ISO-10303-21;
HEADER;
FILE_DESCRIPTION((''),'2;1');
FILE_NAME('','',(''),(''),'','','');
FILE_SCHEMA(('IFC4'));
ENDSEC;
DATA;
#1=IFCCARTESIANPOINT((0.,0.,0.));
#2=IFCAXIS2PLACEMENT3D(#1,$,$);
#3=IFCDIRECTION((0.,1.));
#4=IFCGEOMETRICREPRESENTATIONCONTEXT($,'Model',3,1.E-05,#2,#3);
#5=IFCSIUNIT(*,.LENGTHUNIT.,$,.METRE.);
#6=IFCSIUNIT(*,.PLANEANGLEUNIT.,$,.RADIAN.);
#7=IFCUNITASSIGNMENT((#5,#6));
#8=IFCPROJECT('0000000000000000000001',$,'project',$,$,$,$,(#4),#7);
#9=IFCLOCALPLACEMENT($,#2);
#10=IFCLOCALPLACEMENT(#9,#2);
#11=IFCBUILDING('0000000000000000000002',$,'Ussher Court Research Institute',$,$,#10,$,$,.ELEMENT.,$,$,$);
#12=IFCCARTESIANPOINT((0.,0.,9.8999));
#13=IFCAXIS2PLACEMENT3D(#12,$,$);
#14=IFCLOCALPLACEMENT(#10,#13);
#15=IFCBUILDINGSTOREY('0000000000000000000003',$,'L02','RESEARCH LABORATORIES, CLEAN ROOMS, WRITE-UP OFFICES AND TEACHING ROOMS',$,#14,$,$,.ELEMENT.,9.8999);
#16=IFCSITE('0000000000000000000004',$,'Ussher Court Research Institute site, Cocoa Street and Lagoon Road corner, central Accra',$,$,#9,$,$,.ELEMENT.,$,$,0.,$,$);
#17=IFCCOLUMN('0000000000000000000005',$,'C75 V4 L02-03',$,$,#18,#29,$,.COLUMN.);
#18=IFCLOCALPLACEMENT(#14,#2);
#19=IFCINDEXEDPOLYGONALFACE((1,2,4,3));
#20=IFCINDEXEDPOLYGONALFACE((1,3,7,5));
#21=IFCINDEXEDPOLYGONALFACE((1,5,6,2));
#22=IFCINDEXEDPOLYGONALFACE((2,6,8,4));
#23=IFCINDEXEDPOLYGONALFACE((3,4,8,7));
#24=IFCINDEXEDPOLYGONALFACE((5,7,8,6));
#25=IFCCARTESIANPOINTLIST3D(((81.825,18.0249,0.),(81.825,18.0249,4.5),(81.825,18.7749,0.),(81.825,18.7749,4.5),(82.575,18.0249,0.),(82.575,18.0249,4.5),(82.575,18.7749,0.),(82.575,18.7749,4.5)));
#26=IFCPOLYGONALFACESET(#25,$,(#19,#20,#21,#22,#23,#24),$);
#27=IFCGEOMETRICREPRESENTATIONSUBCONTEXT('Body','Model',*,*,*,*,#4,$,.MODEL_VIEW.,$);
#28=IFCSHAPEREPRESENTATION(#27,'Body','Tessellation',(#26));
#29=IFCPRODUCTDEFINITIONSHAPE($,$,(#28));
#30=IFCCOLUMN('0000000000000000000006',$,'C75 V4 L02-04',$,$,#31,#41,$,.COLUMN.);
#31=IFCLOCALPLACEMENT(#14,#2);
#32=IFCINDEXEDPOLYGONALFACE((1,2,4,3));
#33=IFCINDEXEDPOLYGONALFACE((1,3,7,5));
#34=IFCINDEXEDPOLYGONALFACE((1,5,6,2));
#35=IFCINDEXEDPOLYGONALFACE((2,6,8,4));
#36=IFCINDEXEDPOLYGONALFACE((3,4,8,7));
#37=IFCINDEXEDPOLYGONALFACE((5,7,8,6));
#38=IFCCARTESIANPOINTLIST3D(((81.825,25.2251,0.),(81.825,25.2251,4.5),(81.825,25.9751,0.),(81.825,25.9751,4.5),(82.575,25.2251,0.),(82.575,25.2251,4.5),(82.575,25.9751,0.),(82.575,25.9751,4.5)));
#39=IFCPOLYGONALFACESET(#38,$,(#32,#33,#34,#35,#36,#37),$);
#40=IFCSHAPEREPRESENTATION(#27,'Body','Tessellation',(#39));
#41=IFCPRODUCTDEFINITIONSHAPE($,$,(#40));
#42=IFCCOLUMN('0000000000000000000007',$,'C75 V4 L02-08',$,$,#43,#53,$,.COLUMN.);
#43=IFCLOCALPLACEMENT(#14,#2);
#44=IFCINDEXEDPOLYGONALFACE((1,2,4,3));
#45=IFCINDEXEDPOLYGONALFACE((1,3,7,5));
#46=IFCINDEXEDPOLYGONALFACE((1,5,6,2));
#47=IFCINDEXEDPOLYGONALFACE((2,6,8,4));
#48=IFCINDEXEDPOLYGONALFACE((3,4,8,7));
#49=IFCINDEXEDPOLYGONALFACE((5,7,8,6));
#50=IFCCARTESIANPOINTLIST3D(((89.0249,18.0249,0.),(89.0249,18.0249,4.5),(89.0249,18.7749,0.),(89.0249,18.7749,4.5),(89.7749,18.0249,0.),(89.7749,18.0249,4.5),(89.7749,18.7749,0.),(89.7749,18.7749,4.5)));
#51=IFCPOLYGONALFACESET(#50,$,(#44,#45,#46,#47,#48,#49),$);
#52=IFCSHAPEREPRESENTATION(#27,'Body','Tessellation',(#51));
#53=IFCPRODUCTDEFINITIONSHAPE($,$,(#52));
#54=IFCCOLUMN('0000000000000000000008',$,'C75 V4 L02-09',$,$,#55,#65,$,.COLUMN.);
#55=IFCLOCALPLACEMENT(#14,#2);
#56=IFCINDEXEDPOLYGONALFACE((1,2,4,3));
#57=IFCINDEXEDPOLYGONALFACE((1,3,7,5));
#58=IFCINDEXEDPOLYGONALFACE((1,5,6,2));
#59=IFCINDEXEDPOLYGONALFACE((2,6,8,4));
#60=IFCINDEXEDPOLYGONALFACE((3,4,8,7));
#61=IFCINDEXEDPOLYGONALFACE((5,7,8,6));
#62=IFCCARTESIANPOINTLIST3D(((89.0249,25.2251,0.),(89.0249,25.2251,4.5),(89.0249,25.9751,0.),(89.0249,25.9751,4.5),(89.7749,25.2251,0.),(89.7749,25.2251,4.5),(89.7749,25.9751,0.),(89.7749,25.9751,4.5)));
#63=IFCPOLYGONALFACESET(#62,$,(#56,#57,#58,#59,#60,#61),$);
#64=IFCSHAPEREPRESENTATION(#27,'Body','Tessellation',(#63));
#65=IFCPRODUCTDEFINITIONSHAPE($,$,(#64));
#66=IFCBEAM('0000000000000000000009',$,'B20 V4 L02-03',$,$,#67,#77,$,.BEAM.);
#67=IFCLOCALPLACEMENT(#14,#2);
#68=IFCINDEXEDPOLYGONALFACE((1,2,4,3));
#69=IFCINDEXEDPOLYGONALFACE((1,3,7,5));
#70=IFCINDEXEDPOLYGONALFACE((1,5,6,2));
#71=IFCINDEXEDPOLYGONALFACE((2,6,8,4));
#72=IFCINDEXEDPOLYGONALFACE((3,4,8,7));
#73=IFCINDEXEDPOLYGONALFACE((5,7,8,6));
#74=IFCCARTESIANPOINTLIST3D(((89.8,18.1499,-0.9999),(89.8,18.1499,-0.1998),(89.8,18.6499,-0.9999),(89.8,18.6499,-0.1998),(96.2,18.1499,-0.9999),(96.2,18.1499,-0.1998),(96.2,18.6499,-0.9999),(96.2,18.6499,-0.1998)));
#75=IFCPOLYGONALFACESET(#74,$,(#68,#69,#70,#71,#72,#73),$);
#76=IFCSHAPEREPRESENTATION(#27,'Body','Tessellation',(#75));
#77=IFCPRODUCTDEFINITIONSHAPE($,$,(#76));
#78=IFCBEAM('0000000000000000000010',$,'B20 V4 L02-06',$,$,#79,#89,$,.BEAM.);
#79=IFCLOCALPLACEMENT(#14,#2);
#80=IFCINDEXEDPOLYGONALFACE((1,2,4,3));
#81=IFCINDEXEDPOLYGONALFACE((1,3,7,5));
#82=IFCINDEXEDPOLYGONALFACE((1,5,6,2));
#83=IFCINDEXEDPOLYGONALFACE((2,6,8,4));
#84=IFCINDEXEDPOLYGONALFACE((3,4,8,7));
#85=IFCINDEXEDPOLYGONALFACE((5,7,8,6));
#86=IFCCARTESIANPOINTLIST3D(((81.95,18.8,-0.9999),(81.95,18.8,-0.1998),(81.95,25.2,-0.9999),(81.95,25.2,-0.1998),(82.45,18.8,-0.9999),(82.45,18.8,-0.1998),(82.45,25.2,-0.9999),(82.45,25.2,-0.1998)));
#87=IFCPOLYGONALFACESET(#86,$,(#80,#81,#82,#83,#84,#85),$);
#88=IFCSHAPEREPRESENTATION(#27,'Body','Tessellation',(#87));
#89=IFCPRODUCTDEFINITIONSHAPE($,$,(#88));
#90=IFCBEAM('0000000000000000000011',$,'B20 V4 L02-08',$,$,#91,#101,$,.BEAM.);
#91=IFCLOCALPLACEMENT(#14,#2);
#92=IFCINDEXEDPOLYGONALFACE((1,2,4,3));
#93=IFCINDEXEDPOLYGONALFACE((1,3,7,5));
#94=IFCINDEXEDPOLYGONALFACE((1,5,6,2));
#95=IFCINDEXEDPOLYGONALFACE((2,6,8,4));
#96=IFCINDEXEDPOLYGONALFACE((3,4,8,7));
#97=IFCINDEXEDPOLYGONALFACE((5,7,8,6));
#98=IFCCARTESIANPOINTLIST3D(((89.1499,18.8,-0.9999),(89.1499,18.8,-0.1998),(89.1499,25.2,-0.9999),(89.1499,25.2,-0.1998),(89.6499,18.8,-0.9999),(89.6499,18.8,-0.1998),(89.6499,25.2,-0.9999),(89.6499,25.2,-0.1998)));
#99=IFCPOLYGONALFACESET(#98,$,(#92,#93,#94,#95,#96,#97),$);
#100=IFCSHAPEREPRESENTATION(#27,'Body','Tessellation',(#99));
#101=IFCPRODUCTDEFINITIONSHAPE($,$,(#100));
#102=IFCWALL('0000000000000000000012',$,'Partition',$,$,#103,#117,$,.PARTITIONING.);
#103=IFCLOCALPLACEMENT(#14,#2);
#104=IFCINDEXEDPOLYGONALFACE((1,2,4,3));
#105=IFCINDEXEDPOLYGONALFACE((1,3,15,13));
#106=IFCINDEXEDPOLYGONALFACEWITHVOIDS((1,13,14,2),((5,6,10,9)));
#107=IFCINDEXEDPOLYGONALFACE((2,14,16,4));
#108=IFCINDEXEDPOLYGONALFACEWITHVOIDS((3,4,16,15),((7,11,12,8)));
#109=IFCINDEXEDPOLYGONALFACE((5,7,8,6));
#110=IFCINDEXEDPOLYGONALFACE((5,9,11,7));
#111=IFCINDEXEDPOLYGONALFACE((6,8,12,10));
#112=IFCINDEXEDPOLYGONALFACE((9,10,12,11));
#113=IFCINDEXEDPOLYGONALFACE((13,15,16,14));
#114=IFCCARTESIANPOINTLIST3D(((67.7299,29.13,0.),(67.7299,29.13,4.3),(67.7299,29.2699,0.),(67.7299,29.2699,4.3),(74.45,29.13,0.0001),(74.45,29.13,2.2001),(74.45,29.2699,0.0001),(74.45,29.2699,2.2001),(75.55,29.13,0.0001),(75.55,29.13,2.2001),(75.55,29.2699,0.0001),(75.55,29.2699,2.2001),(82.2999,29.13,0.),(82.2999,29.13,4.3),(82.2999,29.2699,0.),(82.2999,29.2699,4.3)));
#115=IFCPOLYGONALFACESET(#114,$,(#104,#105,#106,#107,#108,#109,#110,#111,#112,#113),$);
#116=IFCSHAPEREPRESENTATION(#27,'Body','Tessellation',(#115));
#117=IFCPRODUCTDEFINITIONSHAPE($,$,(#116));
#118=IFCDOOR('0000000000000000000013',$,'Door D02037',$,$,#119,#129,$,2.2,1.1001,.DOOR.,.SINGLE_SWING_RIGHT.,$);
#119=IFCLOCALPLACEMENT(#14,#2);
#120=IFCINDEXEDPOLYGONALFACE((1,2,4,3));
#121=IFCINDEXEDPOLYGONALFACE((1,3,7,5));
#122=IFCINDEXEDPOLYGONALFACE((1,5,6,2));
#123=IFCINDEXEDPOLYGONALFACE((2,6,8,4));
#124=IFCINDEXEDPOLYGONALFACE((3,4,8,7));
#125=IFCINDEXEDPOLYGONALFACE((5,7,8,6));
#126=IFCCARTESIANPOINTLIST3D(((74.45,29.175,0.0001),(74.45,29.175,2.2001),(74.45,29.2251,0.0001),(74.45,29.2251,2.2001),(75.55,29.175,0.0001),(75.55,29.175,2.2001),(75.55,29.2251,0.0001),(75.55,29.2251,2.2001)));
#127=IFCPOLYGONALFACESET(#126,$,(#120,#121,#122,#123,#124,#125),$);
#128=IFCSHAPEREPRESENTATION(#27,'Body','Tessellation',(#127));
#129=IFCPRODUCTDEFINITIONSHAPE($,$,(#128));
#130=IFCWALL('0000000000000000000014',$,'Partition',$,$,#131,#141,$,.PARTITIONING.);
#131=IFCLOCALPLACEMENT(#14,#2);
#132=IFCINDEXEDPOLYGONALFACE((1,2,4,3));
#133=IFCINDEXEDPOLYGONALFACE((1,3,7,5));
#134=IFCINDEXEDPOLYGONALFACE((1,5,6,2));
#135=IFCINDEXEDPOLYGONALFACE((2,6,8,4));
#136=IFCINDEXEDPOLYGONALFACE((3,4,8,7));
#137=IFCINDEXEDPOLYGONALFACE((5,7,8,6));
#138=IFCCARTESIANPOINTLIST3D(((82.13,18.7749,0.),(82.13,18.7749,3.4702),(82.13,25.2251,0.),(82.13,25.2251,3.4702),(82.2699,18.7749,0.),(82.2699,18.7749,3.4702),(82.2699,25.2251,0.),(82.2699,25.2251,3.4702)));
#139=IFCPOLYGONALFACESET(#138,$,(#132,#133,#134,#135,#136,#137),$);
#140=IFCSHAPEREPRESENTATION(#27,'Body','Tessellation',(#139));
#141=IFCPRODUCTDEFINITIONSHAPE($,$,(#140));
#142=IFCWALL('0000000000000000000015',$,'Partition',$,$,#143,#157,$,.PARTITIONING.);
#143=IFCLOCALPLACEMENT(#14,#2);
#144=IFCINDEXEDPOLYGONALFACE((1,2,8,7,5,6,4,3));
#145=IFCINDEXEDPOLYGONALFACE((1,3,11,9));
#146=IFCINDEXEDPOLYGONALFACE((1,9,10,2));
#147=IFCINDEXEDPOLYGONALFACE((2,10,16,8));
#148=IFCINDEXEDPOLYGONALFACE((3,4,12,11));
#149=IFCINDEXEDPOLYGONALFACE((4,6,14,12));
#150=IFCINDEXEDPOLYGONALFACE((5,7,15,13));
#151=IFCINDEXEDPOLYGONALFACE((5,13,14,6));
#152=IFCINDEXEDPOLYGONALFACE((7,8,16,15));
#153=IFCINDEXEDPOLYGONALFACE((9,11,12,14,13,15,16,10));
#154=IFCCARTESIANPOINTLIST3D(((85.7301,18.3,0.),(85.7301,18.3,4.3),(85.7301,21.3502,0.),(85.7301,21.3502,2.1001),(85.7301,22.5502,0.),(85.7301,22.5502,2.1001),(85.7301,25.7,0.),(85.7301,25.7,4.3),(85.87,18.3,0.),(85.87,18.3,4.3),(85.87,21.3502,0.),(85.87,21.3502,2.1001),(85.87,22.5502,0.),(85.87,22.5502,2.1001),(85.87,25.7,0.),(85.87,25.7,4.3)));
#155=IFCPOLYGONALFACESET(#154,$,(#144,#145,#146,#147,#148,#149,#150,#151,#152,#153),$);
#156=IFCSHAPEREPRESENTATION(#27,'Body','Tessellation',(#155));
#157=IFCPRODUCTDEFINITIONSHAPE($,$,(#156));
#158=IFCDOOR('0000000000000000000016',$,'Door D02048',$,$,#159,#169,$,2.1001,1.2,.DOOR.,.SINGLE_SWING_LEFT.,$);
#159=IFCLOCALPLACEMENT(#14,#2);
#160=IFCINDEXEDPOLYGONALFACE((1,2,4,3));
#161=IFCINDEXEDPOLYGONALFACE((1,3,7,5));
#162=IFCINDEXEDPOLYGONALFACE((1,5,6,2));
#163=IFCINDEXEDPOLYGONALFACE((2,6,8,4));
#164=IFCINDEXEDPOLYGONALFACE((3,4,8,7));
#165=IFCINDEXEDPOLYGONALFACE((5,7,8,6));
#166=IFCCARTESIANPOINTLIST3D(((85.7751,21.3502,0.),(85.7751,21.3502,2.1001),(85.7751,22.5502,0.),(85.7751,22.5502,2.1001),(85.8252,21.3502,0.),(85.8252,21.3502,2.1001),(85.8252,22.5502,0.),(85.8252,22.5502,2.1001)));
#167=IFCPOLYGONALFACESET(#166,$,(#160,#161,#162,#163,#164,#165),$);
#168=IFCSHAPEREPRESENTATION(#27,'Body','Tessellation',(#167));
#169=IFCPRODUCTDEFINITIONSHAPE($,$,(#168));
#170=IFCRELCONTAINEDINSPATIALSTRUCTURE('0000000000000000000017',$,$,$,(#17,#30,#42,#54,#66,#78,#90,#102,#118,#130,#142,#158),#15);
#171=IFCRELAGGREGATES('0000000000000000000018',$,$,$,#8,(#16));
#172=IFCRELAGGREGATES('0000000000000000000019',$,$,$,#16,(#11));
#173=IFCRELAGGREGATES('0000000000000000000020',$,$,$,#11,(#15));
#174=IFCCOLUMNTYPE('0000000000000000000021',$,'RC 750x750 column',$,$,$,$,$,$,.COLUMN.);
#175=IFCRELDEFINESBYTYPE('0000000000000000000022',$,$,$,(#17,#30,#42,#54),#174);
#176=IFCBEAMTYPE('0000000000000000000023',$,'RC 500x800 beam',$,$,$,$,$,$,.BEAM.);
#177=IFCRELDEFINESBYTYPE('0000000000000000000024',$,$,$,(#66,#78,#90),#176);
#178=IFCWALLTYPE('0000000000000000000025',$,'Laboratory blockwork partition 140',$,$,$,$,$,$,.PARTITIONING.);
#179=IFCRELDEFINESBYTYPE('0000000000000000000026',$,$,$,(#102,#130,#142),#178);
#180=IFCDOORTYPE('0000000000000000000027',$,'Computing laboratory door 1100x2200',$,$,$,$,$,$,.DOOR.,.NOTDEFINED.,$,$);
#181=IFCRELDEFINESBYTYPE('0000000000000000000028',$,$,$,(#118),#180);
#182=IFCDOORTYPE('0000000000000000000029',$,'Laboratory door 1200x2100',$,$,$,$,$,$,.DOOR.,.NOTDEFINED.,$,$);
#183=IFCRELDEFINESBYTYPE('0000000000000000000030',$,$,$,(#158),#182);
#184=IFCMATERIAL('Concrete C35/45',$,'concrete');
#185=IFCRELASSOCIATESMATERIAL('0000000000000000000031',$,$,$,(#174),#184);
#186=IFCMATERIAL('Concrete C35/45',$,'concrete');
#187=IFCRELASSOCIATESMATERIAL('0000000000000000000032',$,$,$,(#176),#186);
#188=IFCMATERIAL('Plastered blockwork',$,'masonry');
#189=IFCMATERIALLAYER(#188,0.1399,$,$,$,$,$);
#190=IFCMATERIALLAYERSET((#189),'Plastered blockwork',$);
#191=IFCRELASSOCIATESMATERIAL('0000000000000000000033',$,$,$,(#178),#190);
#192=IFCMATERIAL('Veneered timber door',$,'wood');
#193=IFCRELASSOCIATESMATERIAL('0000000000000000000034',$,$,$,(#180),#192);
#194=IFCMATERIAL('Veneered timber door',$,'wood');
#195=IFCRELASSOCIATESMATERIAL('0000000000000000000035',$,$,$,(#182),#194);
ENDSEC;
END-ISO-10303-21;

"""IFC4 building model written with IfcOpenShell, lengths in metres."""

from ifc_helpers import new_model, si_unit, direction, frame, frame_2d, origin, origin_2d, place, context, subcontext, project, spatial, rectangle, extrude, material, layer, layer_set, material_profile, profile_set, type_object, element, fill, save


model = new_model("IFC4")

# Units and contexts
model_context = context("Model", 3, precision=1e-05, world=origin(), true_north=direction((0.0, 1.0)))
body_context = subcontext(model_context, "Body", "Model", "MODEL_VIEW")
ifc_project = project(units=[si_unit("LENGTHUNIT", "METRE"), si_unit("PLANEANGLEUNIT", "RADIAN")], contexts=[model_context])

# Site, building, storey
site_placement = place(None, origin())
site = spatial("IfcSite", under=ifc_project, at=site_placement, Name="Ussher Court Research Institute site, Cocoa Street and Lagoon Road corner, central Accra", CompositionType="ELEMENT", RefElevation=0.0)
building_placement = place(site_placement, origin())
building = spatial("IfcBuilding", under=site, at=building_placement, Name="Ussher Court Research Institute", CompositionType="ELEMENT")
storey_placement = place(building_placement, frame((0.0, 0.0, 9.8999)))
storey = spatial("IfcBuildingStorey", under=building, at=storey_placement, Name="L02", Description="RESEARCH LABORATORIES, CLEAN ROOMS, WRITE-UP OFFICES AND TEACHING ROOMS", CompositionType="ELEMENT", Elevation=9.8999)

# Columns
ifc_material_1 = material(Name="Concrete C35/45", Category="concrete")
ifc_material_profile_1 = material_profile(ifc_material_1, rectangle(XDim=0.75, YDim=0.75, at=origin_2d()), Name="RC 750x750")
ifc_profile_set_1 = profile_set([ifc_material_profile_1], Name="Concrete C35/45")
column_type = type_object("IfcColumnType", Name="RC 750x750 column", PredefinedType="COLUMN", material=ifc_profile_set_1)
for number, where, z_axis, x_axis, name in (
    (1, (82.2, 18.3999, 0.0), (0.0, 0.0, 1.0), (1.0, 0.0, 0.0), "C75 V4 L02-03"),
    (2, (82.2, 25.6001, 0.0), (0.0, 0.0, 1.0), (1.0, 0.0, 0.0), "C75 V4 L02-04"),
    (3, (89.3999, 18.3999, 0.0), (0.0, 0.0, 1.0), (1.0, 0.0, 0.0), "C75 V4 L02-08"),
    (4, (89.3999, 25.6001, 0.0), (0.0, 0.0, 1.0), (1.0, 0.0, 0.0), "C75 V4 L02-09"),
):
    element("IfcColumn", number, at=place(storey_placement, frame(where, z_axis=z_axis, x_axis=x_axis)), inside=storey, type_object=column_type, Name=name, PredefinedType="COLUMN", context=body_context, shape_type="SweptSolid", body=[
        extrude(rectangle(XDim=0.75, YDim=0.75, at=origin_2d()), origin(), (0.0, 0.0, 1.0), 4.5),
    ])

# Beams
ifc_material_2 = material(Name="Concrete C35/45", Category="concrete")
ifc_material_profile_2 = material_profile(ifc_material_2, rectangle(XDim=0.5, YDim=0.8, at=origin_2d()), Name="RC 500x800")
ifc_profile_set_2 = profile_set([ifc_material_profile_2], Name="Concrete C35/45")
beam_type = type_object("IfcBeamType", Name="RC 500x800 beam", PredefinedType="BEAM", material=ifc_profile_set_2)
for number, where, z_axis, x_axis, name in (
    (5, (89.8, 18.3999, -0.5999), (1.0, 0.0, 0.0), (0.0, 1.0, 0.0), "B20 V4 L02-03"),
    (6, (82.2, 18.8, -0.5999), (0.0, 1.0, 0.0), (-1.0, 0.0, 0.0), "B20 V4 L02-06"),
    (7, (89.3999, 18.8, -0.5999), (0.0, 1.0, 0.0), (-1.0, 0.0, 0.0), "B20 V4 L02-08"),
):
    element("IfcBeam", number, at=place(storey_placement, frame(where, z_axis=z_axis, x_axis=x_axis)), inside=storey, type_object=beam_type, Name=name, PredefinedType="BEAM", context=body_context, shape_type="SweptSolid", body=[
        extrude(rectangle(XDim=0.5, YDim=0.8, at=origin_2d()), origin(), (0.0, 0.0, 1.0), 6.3999),
    ])

# Wall, opening, door
ifc_material_3 = material(Name="Plastered blockwork", Category="masonry")
ifc_layer_1 = layer(ifc_material_3, 0.1399)
ifc_layer_set_1 = layer_set([ifc_layer_1], Name="Plastered blockwork")
wall_type_1 = type_object("IfcWallType", Name="Laboratory blockwork partition 140", PredefinedType="PARTITIONING", material=ifc_layer_set_1)
wall_1_placement = place(storey_placement, frame((82.3, 29.2, 0.0), z_axis=(0.0, 0.0, 1.0), x_axis=(-1.0, 0.0, 0.0)))
wall_1 = element("IfcWall", 8, at=wall_1_placement, inside=storey, type_object=wall_type_1, Name="Partition", PredefinedType="PARTITIONING", context=body_context, shape_type="SweptSolid", body=[
    extrude(rectangle(XDim=14.5701, YDim=0.1399, at=frame_2d((7.2852, 0.0))), origin(), (0.0, 0.0, 1.0), 4.3),
])
opening_1_placement = place(wall_1_placement, frame((6.75, 0.0, 0.0)))
opening_1 = element("IfcOpeningElement", 9, at=opening_1_placement, cuts=wall_1, PredefinedType="OPENING", context=body_context, shape_type="SweptSolid", body=[
    extrude(rectangle(XDim=1.1001, YDim=2.2, at=frame_2d((0.55, 1.1001))), frame((0.0, 0.0801, 0.0), z_axis=(0.0, -1.0, 0.0), x_axis=(1.0, 0.0, 0.0)), (0.0, 0.0, 1.0), 0.1599),
])
ifc_material_4 = material(Name="Veneered timber door", Category="wood")
door_type_1 = type_object("IfcDoorType", Name="Computing laboratory door 1100x2200", OperationType="NOTDEFINED", PredefinedType="DOOR", material=ifc_material_4)
door_1_placement = place(opening_1_placement, origin())
door_1 = element("IfcDoor", 10, at=door_1_placement, inside=storey, type_object=door_type_1, Name="Door D02037", OperationType="SINGLE_SWING_RIGHT", OverallHeight=2.2, OverallWidth=1.1001, PredefinedType="DOOR", context=body_context, shape_type="SweptSolid", body=[
    extrude(rectangle(XDim=1.1001, YDim=2.2, at=frame_2d((0.55, 1.1001))), frame((0.0, 0.0249, 0.0), z_axis=(0.0, -1.0, 0.0), x_axis=(1.0, 0.0, 0.0)), (0.0, 0.0, 1.0), 0.05),
])
fill(opening_1, door_1)

# Wall
wall_2_placement = place(storey_placement, frame((82.2, 18.7749, 0.0), z_axis=(0.0, 0.0, 1.0), x_axis=(0.0, 1.0, 0.0)))
element("IfcWall", 11, at=wall_2_placement, inside=storey, type_object=wall_type_1, Name="Partition", PredefinedType="PARTITIONING", context=body_context, shape_type="SweptSolid", body=[
    extrude(rectangle(XDim=6.4502, YDim=0.1399, at=frame_2d((3.2251, 0.0))), origin(), (0.0, 0.0, 1.0), 3.4702),
])

# Wall, opening, door
wall_3_placement = place(storey_placement, frame((85.8, 18.3, 0.0), z_axis=(0.0, 0.0, 1.0), x_axis=(0.0, 1.0, 0.0)))
wall_3 = element("IfcWall", 12, at=wall_3_placement, inside=storey, type_object=wall_type_1, Name="Partition", PredefinedType="PARTITIONING", context=body_context, shape_type="SweptSolid", body=[
    extrude(rectangle(XDim=7.3999, YDim=0.1399, at=frame_2d((3.7, 0.0))), origin(), (0.0, 0.0, 1.0), 4.3),
])
opening_2_placement = place(wall_3_placement, frame((3.05, 0.0, 0.0)))
opening_2 = element("IfcOpeningElement", 13, at=opening_2_placement, cuts=wall_3, PredefinedType="OPENING", context=body_context, shape_type="SweptSolid", body=[
    extrude(rectangle(XDim=1.2, YDim=2.1001, at=frame_2d((0.6001, 1.05))), frame((0.0, 0.0801, 0.0), z_axis=(0.0, -1.0, 0.0), x_axis=(1.0, 0.0, 0.0)), (0.0, 0.0, 1.0), 0.1599),
])
ifc_material_5 = material(Name="Veneered timber door", Category="wood")
door_type_2 = type_object("IfcDoorType", Name="Laboratory door 1200x2100", OperationType="NOTDEFINED", PredefinedType="DOOR", material=ifc_material_5)
door_2_placement = place(opening_2_placement, origin())
door_2 = element("IfcDoor", 14, at=door_2_placement, inside=storey, type_object=door_type_2, Name="Door D02048", OperationType="SINGLE_SWING_LEFT", OverallHeight=2.1001, OverallWidth=1.2, PredefinedType="DOOR", context=body_context, shape_type="SweptSolid", body=[
    extrude(rectangle(XDim=1.2, YDim=2.1001, at=frame_2d((0.6001, 1.05))), frame((0.0, 0.0249, 0.0), z_axis=(0.0, -1.0, 0.0), x_axis=(1.0, 0.0, 0.0)), (0.0, 0.0, 1.0), 0.05),
])
fill(opening_2, door_2)

save(model, "model.ifc")
